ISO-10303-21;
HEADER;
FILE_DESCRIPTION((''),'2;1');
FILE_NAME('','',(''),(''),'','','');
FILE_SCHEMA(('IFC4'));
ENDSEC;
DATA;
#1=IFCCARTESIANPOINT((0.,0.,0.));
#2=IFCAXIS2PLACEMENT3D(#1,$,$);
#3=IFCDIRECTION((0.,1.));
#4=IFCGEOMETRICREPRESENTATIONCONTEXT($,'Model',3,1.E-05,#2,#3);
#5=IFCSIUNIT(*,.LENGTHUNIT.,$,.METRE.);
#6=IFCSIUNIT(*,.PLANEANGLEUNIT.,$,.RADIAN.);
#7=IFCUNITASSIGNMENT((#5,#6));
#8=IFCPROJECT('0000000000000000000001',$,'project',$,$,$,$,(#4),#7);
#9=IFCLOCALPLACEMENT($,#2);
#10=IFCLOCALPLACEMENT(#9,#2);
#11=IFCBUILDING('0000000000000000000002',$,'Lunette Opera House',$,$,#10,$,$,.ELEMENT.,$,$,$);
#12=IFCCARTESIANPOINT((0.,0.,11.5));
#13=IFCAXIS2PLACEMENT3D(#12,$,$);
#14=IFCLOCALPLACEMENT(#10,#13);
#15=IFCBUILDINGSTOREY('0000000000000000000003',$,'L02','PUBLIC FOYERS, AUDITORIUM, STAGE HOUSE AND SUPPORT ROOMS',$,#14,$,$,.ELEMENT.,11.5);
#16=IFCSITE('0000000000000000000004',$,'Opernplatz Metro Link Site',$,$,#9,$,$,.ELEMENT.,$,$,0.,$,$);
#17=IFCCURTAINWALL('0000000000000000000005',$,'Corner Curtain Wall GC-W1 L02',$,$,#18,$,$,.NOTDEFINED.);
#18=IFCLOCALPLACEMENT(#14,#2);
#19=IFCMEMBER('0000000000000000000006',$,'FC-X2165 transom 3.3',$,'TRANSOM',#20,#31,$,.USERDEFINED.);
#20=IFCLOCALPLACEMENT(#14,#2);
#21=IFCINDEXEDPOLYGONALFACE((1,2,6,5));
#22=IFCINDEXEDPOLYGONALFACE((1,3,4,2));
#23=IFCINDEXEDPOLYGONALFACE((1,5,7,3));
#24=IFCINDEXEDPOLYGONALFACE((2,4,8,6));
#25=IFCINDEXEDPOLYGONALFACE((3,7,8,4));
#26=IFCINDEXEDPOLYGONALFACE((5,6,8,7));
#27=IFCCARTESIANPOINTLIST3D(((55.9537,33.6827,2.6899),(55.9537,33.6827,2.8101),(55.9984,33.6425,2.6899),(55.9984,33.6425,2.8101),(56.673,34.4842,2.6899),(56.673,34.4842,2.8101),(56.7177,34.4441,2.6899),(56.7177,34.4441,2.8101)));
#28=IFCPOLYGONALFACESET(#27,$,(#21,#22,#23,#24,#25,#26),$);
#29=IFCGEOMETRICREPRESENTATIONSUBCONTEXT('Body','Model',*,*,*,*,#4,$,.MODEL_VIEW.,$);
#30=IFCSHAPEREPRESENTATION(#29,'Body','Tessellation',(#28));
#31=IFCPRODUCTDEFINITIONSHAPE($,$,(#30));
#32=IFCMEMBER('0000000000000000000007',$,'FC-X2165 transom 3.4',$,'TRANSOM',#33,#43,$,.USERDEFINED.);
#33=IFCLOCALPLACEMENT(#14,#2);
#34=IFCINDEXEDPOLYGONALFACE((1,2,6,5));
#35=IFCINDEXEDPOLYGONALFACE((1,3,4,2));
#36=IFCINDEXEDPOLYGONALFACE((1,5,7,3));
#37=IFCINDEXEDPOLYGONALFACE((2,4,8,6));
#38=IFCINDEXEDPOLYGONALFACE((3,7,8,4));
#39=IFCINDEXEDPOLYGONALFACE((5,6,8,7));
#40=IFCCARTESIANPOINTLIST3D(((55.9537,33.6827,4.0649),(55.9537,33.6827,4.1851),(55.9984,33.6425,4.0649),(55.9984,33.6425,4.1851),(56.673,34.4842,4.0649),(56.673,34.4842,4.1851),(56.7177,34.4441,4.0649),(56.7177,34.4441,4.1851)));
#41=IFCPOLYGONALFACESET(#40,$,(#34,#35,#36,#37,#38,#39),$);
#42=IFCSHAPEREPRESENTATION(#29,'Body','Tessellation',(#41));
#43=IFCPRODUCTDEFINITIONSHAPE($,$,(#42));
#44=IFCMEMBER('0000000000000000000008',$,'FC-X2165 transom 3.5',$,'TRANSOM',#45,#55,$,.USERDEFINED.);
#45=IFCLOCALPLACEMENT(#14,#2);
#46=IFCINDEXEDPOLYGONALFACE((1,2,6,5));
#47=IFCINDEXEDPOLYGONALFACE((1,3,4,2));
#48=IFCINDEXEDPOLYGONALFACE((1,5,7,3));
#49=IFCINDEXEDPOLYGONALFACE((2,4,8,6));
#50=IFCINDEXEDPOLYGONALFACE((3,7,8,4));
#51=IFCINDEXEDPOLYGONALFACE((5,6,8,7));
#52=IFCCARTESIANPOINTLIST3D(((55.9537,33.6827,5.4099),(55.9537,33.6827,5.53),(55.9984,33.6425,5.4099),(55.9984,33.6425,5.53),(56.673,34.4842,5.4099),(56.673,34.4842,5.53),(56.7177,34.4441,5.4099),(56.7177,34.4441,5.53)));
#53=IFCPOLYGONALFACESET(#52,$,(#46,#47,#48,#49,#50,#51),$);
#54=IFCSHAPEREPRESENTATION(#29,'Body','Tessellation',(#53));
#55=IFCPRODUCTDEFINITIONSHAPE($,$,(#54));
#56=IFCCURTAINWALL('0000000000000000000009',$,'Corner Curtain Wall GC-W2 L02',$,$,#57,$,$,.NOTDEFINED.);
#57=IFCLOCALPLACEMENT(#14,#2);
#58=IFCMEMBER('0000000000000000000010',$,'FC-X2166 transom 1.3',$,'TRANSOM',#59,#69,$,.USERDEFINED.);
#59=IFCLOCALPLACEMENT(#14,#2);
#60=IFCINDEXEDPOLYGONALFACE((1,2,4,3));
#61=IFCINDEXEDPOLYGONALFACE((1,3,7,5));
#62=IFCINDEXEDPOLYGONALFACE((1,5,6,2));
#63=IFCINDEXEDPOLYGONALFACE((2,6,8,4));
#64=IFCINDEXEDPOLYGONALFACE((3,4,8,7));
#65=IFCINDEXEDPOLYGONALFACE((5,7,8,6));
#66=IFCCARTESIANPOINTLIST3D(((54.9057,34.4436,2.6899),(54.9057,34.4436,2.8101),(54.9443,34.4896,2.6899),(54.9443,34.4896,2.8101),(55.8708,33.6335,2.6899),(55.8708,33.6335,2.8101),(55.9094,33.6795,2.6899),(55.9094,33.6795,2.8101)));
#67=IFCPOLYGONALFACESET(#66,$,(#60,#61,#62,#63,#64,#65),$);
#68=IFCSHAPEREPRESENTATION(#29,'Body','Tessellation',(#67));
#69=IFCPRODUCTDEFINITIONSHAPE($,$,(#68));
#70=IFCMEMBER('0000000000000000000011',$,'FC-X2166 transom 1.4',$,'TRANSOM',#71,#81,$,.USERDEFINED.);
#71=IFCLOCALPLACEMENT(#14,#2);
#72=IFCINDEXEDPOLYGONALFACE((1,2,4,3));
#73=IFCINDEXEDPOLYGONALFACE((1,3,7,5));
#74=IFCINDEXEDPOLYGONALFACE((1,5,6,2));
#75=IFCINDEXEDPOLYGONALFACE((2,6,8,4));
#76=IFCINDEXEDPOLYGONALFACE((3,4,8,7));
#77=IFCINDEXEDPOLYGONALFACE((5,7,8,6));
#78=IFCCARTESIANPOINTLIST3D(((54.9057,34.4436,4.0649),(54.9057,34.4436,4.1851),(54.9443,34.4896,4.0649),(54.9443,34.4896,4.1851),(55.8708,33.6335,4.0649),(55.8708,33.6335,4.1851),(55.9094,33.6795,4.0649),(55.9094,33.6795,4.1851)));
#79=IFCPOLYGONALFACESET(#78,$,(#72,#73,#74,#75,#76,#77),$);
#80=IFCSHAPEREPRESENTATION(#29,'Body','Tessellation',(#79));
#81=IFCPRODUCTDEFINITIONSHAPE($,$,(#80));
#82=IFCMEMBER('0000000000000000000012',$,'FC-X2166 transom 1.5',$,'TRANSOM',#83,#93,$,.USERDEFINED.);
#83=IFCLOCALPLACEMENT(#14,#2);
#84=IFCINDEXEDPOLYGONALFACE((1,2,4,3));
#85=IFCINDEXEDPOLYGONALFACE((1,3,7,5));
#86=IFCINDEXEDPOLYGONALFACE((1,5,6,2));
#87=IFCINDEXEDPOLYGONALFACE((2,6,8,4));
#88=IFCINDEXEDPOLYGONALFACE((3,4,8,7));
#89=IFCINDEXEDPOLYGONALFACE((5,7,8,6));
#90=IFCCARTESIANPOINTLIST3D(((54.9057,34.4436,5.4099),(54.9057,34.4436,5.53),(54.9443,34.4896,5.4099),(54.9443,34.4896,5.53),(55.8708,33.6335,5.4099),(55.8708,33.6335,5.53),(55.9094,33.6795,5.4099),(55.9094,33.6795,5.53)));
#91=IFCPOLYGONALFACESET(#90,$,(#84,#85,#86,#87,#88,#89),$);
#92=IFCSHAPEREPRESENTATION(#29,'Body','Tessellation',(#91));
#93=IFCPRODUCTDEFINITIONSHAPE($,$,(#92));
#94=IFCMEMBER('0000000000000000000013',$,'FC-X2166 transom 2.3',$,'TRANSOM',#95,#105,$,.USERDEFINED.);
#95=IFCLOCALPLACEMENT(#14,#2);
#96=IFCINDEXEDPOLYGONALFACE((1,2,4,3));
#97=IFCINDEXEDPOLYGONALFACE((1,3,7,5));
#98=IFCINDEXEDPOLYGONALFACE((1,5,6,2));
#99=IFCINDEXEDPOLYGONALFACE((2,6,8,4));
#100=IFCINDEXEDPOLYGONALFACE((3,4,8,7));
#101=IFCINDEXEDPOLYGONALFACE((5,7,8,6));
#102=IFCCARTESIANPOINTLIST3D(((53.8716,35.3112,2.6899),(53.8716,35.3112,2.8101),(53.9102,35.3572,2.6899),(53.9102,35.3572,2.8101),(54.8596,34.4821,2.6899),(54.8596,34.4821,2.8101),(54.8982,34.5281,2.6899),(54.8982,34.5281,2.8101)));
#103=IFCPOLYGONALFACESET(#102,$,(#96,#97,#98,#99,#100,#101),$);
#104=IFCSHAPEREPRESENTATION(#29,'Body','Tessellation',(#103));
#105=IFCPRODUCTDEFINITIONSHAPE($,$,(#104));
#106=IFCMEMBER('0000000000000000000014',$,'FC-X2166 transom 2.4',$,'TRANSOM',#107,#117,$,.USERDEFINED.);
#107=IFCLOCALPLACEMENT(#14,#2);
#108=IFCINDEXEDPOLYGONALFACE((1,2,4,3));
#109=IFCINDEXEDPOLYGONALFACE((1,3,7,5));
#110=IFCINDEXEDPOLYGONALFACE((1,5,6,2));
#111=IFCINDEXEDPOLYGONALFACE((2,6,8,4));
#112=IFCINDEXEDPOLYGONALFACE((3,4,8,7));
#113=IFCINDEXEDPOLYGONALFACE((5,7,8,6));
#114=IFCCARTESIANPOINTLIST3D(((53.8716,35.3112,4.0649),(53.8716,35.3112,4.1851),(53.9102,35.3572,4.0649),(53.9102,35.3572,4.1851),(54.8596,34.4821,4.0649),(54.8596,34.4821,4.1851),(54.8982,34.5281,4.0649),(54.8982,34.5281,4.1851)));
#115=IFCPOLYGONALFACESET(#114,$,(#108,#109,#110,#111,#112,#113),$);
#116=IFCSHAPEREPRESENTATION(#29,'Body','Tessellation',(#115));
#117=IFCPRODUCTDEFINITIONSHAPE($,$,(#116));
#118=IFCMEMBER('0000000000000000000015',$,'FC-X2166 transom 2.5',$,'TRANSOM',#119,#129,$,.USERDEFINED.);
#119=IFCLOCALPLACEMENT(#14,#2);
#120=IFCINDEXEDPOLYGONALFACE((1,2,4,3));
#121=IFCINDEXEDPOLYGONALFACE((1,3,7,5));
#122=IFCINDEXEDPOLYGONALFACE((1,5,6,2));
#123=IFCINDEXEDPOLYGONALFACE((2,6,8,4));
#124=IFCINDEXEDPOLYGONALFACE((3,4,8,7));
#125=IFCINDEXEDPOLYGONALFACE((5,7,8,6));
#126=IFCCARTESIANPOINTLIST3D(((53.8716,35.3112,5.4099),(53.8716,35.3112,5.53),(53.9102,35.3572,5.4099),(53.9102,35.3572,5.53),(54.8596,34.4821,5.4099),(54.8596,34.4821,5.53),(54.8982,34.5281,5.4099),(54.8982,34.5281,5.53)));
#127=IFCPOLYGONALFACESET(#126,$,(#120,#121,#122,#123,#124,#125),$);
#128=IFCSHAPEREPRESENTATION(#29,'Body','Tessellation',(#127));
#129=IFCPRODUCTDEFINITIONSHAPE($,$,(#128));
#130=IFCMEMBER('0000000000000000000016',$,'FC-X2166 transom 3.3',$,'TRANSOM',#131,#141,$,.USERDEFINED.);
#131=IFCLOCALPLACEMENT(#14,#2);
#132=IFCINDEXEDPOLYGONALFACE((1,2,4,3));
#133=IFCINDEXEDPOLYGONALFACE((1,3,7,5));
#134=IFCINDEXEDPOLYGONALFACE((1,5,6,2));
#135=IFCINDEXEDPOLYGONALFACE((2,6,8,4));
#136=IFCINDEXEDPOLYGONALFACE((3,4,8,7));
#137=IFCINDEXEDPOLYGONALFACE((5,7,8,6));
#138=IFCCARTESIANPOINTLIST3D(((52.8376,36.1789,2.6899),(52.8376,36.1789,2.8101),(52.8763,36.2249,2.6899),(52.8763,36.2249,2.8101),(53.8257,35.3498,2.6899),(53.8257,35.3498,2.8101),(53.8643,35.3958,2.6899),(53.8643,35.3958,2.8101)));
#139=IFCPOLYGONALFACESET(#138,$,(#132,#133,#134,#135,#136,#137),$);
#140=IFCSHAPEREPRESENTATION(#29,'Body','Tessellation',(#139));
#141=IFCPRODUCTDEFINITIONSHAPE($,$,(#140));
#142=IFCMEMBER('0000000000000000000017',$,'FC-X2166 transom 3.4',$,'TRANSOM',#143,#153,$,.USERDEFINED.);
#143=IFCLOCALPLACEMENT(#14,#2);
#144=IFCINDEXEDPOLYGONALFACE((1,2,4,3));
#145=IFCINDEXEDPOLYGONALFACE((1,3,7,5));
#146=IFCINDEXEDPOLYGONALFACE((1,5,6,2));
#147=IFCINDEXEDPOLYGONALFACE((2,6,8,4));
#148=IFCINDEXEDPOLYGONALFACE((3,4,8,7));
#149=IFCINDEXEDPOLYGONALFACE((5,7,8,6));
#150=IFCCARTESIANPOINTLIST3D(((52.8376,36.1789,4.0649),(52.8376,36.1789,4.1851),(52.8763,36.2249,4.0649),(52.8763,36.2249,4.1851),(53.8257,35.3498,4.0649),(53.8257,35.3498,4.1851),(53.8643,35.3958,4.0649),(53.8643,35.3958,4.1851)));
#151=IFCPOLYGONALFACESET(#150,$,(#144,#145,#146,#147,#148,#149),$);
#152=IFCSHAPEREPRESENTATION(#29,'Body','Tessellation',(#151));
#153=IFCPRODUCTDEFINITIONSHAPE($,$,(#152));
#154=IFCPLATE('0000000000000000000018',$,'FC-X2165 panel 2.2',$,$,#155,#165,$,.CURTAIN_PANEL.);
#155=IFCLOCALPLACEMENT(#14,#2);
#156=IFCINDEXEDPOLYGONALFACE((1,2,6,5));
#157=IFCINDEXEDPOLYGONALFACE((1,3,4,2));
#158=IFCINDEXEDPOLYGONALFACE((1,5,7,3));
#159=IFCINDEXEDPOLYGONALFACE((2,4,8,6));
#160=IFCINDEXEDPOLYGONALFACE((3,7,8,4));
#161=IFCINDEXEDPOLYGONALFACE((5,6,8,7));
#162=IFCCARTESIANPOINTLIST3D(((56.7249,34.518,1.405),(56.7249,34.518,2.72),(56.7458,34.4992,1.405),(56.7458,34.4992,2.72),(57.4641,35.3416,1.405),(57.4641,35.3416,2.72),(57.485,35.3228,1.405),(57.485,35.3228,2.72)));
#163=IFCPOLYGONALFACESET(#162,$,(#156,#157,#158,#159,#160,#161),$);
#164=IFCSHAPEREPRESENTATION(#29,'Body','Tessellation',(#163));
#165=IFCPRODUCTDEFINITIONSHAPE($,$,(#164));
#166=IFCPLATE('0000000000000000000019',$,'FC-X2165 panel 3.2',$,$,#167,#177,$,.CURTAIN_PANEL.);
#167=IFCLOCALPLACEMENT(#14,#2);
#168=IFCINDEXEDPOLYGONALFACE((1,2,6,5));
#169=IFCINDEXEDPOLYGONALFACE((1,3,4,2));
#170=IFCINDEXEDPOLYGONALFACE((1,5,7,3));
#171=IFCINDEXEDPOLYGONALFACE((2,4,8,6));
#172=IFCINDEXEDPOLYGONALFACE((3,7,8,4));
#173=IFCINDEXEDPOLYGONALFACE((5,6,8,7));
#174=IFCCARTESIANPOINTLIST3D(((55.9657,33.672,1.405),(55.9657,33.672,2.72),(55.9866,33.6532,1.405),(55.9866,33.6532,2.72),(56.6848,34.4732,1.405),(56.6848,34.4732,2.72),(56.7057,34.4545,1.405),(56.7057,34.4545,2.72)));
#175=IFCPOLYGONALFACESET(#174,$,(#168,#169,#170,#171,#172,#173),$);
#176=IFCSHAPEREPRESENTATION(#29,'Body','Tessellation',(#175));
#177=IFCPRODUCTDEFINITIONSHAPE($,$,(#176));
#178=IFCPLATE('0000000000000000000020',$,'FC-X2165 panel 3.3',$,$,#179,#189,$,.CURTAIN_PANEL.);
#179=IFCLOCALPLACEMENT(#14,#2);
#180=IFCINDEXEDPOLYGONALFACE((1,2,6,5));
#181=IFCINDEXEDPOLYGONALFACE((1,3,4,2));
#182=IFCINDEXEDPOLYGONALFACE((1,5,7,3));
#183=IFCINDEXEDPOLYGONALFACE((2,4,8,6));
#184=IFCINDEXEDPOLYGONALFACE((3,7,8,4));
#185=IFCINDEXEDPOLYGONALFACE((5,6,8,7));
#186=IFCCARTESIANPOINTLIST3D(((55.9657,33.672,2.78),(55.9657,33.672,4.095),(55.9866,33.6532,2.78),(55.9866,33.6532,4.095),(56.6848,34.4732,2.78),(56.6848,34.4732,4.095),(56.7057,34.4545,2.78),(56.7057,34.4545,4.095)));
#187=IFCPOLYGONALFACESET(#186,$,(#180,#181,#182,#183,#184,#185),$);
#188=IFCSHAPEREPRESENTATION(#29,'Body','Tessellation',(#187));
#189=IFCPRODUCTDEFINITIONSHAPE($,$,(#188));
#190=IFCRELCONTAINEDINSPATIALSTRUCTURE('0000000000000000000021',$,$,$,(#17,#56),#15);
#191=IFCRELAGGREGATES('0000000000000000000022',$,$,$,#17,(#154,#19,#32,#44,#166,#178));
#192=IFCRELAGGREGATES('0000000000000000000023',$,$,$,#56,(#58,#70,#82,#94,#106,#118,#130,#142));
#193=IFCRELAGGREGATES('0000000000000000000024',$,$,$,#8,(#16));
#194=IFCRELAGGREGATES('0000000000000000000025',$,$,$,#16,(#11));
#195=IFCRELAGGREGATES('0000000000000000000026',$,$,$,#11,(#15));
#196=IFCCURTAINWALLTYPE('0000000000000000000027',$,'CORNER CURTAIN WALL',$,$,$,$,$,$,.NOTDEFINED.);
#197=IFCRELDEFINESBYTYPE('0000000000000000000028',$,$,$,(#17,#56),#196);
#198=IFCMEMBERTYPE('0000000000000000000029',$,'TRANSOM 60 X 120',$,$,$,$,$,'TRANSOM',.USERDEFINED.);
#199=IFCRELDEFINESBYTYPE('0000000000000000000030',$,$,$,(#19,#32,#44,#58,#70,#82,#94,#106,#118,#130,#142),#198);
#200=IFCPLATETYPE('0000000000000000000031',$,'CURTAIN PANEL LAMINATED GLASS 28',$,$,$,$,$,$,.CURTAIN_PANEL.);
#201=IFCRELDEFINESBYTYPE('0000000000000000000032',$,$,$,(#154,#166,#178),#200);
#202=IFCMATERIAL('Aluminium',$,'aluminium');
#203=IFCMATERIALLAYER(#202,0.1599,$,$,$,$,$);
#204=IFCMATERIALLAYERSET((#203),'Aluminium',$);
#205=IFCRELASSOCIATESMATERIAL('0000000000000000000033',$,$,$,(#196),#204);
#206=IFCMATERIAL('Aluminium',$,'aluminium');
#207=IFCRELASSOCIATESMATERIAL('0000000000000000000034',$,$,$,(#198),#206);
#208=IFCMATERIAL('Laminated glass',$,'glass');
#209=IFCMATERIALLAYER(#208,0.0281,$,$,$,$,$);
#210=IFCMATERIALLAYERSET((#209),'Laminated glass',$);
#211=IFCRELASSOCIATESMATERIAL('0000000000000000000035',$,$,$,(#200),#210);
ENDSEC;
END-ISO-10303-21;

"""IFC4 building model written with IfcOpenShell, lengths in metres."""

from ifc_helpers import new_model, si_unit, direction, frame, origin, origin_2d, place, context, subcontext, project, spatial, rectangle, extrude, material, layer, layer_set, material_profile, profile_set, type_object, element, aggregate, save


model = new_model("IFC4")

# Units and contexts
model_context = context("Model", 3, precision=1e-05, world=origin(), true_north=direction((0.0, 1.0)))
body_context = subcontext(model_context, "Body", "Model", "MODEL_VIEW")
ifc_project = project(units=[si_unit("LENGTHUNIT", "METRE"), si_unit("PLANEANGLEUNIT", "RADIAN")], contexts=[model_context])

# Site, building, storey
site_placement = place(None, origin())
site = spatial("IfcSite", under=ifc_project, at=site_placement, Name="Opernplatz Metro Link Site", CompositionType="ELEMENT", RefElevation=0.0)
building_placement = place(site_placement, origin())
building = spatial("IfcBuilding", under=site, at=building_placement, Name="Lunette Opera House", CompositionType="ELEMENT")
storey_placement = place(building_placement, frame((0.0, 0.0, 11.5)))
storey = spatial("IfcBuildingStorey", under=building, at=storey_placement, Name="L02", Description="PUBLIC FOYERS, AUDITORIUM, STAGE HOUSE AND SUPPORT ROOMS", CompositionType="ELEMENT", Elevation=11.5)

# Curtain walls, members
ifc_material_1 = material(Name="Aluminium", Category="aluminium")
ifc_layer_1 = layer(ifc_material_1, 0.1599)
ifc_layer_set_1 = layer_set([ifc_layer_1], Name="Aluminium")
curtain_wall_type = type_object("IfcCurtainWallType", Name="CORNER CURTAIN WALL", PredefinedType="NOTDEFINED", material=ifc_layer_set_1)
curtain_wall_1_placement = place(storey_placement, origin())
curtain_wall_1 = element("IfcCurtainWall", 1, at=curtain_wall_1_placement, inside=storey, type_object=curtain_wall_type, Name="Corner Curtain Wall GC-W1 L02", PredefinedType="NOTDEFINED")
ifc_material_2 = material(Name="Aluminium", Category="aluminium")
ifc_material_profile = material_profile(ifc_material_2, rectangle(XDim=0.0601, YDim=0.1201, at=origin_2d()), Name="TRANSOM 60 X 120")
ifc_profile_set = profile_set([ifc_material_profile], Name="Aluminium")
member_type = type_object("IfcMemberType", Name="TRANSOM 60 X 120", ElementType="TRANSOM", PredefinedType="USERDEFINED", material=ifc_profile_set)
member_1_placement = place(storey_placement, frame((56.6953, 34.4641, 2.75), z_axis=(-0.667874, -0.744274, 0.0), x_axis=(0.744274, -0.667874, 0.0)))
member_1 = element("IfcMember", 2, at=member_1_placement, type_object=member_type, Name="FC-X2165 transom 3.3", ObjectType="TRANSOM", PredefinedType="USERDEFINED", context=body_context, shape_type="SweptSolid", body=[
    extrude(rectangle(XDim=0.0601, YDim=0.1201, at=origin_2d()), origin(), (0.0, 0.0, 1.0), 1.0769),
])
member_2_placement = place(storey_placement, frame((56.6953, 34.4641, 4.125), z_axis=(-0.667874, -0.744274, 0.0), x_axis=(0.744274, -0.667874, 0.0)))
member_2 = element("IfcMember", 3, at=member_2_placement, type_object=member_type, Name="FC-X2165 transom 3.4", ObjectType="TRANSOM", PredefinedType="USERDEFINED", context=body_context, shape_type="SweptSolid", body=[
    extrude(rectangle(XDim=0.0601, YDim=0.1201, at=origin_2d()), origin(), (0.0, 0.0, 1.0), 1.0769),
])
member_3_placement = place(storey_placement, frame((56.6953, 34.4641, 5.47), z_axis=(-0.667874, -0.744274, 0.0), x_axis=(0.744274, -0.667874, 0.0)))
member_3 = element("IfcMember", 4, at=member_3_placement, type_object=member_type, Name="FC-X2165 transom 3.5", ObjectType="TRANSOM", PredefinedType="USERDEFINED", context=body_context, shape_type="SweptSolid", body=[
    extrude(rectangle(XDim=0.0601, YDim=0.1201, at=origin_2d()), origin(), (0.0, 0.0, 1.0), 1.0769),
])
curtain_wall_2_placement = place(storey_placement, origin())
curtain_wall_2 = element("IfcCurtainWall", 5, at=curtain_wall_2_placement, inside=storey, type_object=curtain_wall_type, Name="Corner Curtain Wall GC-W2 L02", PredefinedType="NOTDEFINED")
member_4_placement = place(storey_placement, frame((55.8901, 33.6565, 2.75), z_axis=(-0.765945, 0.642906, 0.0), x_axis=(-0.642906, -0.765945, 0.0)))
member_4 = element("IfcMember", 6, at=member_4_placement, type_object=member_type, Name="FC-X2166 transom 1.3", ObjectType="TRANSOM", PredefinedType="USERDEFINED", context=body_context, shape_type="SweptSolid", body=[
    extrude(rectangle(XDim=0.0601, YDim=0.1201, at=origin_2d()), origin(), (0.0, 0.0, 1.0), 1.26),
])
member_5_placement = place(storey_placement, frame((55.8901, 33.6565, 4.125), z_axis=(-0.765945, 0.642906, 0.0), x_axis=(-0.642906, -0.765945, 0.0)))
member_5 = element("IfcMember", 7, at=member_5_placement, type_object=member_type, Name="FC-X2166 transom 1.4", ObjectType="TRANSOM", PredefinedType="USERDEFINED", context=body_context, shape_type="SweptSolid", body=[
    extrude(rectangle(XDim=0.0601, YDim=0.1201, at=origin_2d()), origin(), (0.0, 0.0, 1.0), 1.26),
])
member_6_placement = place(storey_placement, frame((55.8901, 33.6565, 5.47), z_axis=(-0.765945, 0.642906, 0.0), x_axis=(-0.642906, -0.765945, 0.0)))
member_6 = element("IfcMember", 8, at=member_6_placement, type_object=member_type, Name="FC-X2166 transom 1.5", ObjectType="TRANSOM", PredefinedType="USERDEFINED", context=body_context, shape_type="SweptSolid", body=[
    extrude(rectangle(XDim=0.0601, YDim=0.1201, at=origin_2d()), origin(), (0.0, 0.0, 1.0), 1.26),
])
member_7_placement = place(storey_placement, frame((54.8789, 34.5051, 2.75), z_axis=(-0.766029, 0.642806, 0.0), x_axis=(-0.642806, -0.766029, 0.0)))
member_7 = element("IfcMember", 9, at=member_7_placement, type_object=member_type, Name="FC-X2166 transom 2.3", ObjectType="TRANSOM", PredefinedType="USERDEFINED", context=body_context, shape_type="SweptSolid", body=[
    extrude(rectangle(XDim=0.0601, YDim=0.1201, at=origin_2d()), origin(), (0.0, 0.0, 1.0), 1.2898),
])
member_8_placement = place(storey_placement, frame((54.8789, 34.5051, 4.125), z_axis=(-0.766029, 0.642806, 0.0), x_axis=(-0.642806, -0.766029, 0.0)))
member_8 = element("IfcMember", 10, at=member_8_placement, type_object=member_type, Name="FC-X2166 transom 2.4", ObjectType="TRANSOM", PredefinedType="USERDEFINED", context=body_context, shape_type="SweptSolid", body=[
    extrude(rectangle(XDim=0.0601, YDim=0.1201, at=origin_2d()), origin(), (0.0, 0.0, 1.0), 1.2898),
])
member_9_placement = place(storey_placement, frame((54.8789, 34.5051, 5.47), z_axis=(-0.766029, 0.642806, 0.0), x_axis=(-0.642806, -0.766029, 0.0)))
member_9 = element("IfcMember", 11, at=member_9_placement, type_object=member_type, Name="FC-X2166 transom 2.5", ObjectType="TRANSOM", PredefinedType="USERDEFINED", context=body_context, shape_type="SweptSolid", body=[
    extrude(rectangle(XDim=0.0601, YDim=0.1201, at=origin_2d()), origin(), (0.0, 0.0, 1.0), 1.2898),
])
member_10_placement = place(storey_placement, frame((53.845, 35.3728, 2.75), z_axis=(-0.766029, 0.642806, 0.0), x_axis=(-0.642806, -0.766029, 0.0)))
member_10 = element("IfcMember", 12, at=member_10_placement, type_object=member_type, Name="FC-X2166 transom 3.3", ObjectType="TRANSOM", PredefinedType="USERDEFINED", context=body_context, shape_type="SweptSolid", body=[
    extrude(rectangle(XDim=0.0601, YDim=0.1201, at=origin_2d()), origin(), (0.0, 0.0, 1.0), 1.2898),
])
member_11_placement = place(storey_placement, frame((53.845, 35.3728, 4.125), z_axis=(-0.766029, 0.642806, 0.0), x_axis=(-0.642806, -0.766029, 0.0)))
member_11 = element("IfcMember", 13, at=member_11_placement, type_object=member_type, Name="FC-X2166 transom 3.4", ObjectType="TRANSOM", PredefinedType="USERDEFINED", context=body_context, shape_type="SweptSolid", body=[
    extrude(rectangle(XDim=0.0601, YDim=0.1201, at=origin_2d()), origin(), (0.0, 0.0, 1.0), 1.2898),
])

# Plates
ifc_material_3 = material(Name="Laminated glass", Category="glass")
ifc_layer_2 = layer(ifc_material_3, 0.0281)
ifc_layer_set_2 = layer_set([ifc_layer_2], Name="Laminated glass")
plate_type = type_object("IfcPlateType", Name="CURTAIN PANEL LAMINATED GLASS 28", PredefinedType="CURTAIN_PANEL", material=ifc_layer_set_2)
plate_1_placement = place(storey_placement, frame((57.105, 34.9204, 1.405), z_axis=(0.0, 0.0, 1.0), x_axis=(-0.667938, -0.744217, 0.0)))
plate_1 = element("IfcPlate", 14, at=plate_1_placement, type_object=plate_type, Name="FC-X2165 panel 2.2", PredefinedType="CURTAIN_PANEL", context=body_context, shape_type="SweptSolid", body=[
    extrude(rectangle(XDim=1.1067, YDim=0.0281, at=origin_2d()), origin(), (0.0, 0.0, 1.0), 1.3149),
])
plate_2_placement = place(storey_placement, frame((56.3357, 34.0632, 1.405), z_axis=(0.0, 0.0, 1.0), x_axis=(-0.667938, -0.744217, 0.0)))
plate_2 = element("IfcPlate", 15, at=plate_2_placement, type_object=plate_type, Name="FC-X2165 panel 3.2", PredefinedType="CURTAIN_PANEL", context=body_context, shape_type="SweptSolid", body=[
    extrude(rectangle(XDim=1.0767, YDim=0.0281, at=origin_2d()), origin(), (0.0, 0.0, 1.0), 1.3149),
])
plate_3_placement = place(storey_placement, frame((56.3357, 34.0632, 2.78), z_axis=(0.0, 0.0, 1.0), x_axis=(-0.667938, -0.744217, 0.0)))
plate_3 = element("IfcPlate", 16, at=plate_3_placement, type_object=plate_type, Name="FC-X2165 panel 3.3", PredefinedType="CURTAIN_PANEL", context=body_context, shape_type="SweptSolid", body=[
    extrude(rectangle(XDim=1.0767, YDim=0.0281, at=origin_2d()), origin(), (0.0, 0.0, 1.0), 1.3149),
])
aggregate(curtain_wall_1, [plate_1, member_1, member_2, member_3, plate_2, plate_3])
aggregate(curtain_wall_2, [member_4, member_5, member_6, member_7, member_8, member_9, member_10, member_11])

save(model, "model.ifc")
